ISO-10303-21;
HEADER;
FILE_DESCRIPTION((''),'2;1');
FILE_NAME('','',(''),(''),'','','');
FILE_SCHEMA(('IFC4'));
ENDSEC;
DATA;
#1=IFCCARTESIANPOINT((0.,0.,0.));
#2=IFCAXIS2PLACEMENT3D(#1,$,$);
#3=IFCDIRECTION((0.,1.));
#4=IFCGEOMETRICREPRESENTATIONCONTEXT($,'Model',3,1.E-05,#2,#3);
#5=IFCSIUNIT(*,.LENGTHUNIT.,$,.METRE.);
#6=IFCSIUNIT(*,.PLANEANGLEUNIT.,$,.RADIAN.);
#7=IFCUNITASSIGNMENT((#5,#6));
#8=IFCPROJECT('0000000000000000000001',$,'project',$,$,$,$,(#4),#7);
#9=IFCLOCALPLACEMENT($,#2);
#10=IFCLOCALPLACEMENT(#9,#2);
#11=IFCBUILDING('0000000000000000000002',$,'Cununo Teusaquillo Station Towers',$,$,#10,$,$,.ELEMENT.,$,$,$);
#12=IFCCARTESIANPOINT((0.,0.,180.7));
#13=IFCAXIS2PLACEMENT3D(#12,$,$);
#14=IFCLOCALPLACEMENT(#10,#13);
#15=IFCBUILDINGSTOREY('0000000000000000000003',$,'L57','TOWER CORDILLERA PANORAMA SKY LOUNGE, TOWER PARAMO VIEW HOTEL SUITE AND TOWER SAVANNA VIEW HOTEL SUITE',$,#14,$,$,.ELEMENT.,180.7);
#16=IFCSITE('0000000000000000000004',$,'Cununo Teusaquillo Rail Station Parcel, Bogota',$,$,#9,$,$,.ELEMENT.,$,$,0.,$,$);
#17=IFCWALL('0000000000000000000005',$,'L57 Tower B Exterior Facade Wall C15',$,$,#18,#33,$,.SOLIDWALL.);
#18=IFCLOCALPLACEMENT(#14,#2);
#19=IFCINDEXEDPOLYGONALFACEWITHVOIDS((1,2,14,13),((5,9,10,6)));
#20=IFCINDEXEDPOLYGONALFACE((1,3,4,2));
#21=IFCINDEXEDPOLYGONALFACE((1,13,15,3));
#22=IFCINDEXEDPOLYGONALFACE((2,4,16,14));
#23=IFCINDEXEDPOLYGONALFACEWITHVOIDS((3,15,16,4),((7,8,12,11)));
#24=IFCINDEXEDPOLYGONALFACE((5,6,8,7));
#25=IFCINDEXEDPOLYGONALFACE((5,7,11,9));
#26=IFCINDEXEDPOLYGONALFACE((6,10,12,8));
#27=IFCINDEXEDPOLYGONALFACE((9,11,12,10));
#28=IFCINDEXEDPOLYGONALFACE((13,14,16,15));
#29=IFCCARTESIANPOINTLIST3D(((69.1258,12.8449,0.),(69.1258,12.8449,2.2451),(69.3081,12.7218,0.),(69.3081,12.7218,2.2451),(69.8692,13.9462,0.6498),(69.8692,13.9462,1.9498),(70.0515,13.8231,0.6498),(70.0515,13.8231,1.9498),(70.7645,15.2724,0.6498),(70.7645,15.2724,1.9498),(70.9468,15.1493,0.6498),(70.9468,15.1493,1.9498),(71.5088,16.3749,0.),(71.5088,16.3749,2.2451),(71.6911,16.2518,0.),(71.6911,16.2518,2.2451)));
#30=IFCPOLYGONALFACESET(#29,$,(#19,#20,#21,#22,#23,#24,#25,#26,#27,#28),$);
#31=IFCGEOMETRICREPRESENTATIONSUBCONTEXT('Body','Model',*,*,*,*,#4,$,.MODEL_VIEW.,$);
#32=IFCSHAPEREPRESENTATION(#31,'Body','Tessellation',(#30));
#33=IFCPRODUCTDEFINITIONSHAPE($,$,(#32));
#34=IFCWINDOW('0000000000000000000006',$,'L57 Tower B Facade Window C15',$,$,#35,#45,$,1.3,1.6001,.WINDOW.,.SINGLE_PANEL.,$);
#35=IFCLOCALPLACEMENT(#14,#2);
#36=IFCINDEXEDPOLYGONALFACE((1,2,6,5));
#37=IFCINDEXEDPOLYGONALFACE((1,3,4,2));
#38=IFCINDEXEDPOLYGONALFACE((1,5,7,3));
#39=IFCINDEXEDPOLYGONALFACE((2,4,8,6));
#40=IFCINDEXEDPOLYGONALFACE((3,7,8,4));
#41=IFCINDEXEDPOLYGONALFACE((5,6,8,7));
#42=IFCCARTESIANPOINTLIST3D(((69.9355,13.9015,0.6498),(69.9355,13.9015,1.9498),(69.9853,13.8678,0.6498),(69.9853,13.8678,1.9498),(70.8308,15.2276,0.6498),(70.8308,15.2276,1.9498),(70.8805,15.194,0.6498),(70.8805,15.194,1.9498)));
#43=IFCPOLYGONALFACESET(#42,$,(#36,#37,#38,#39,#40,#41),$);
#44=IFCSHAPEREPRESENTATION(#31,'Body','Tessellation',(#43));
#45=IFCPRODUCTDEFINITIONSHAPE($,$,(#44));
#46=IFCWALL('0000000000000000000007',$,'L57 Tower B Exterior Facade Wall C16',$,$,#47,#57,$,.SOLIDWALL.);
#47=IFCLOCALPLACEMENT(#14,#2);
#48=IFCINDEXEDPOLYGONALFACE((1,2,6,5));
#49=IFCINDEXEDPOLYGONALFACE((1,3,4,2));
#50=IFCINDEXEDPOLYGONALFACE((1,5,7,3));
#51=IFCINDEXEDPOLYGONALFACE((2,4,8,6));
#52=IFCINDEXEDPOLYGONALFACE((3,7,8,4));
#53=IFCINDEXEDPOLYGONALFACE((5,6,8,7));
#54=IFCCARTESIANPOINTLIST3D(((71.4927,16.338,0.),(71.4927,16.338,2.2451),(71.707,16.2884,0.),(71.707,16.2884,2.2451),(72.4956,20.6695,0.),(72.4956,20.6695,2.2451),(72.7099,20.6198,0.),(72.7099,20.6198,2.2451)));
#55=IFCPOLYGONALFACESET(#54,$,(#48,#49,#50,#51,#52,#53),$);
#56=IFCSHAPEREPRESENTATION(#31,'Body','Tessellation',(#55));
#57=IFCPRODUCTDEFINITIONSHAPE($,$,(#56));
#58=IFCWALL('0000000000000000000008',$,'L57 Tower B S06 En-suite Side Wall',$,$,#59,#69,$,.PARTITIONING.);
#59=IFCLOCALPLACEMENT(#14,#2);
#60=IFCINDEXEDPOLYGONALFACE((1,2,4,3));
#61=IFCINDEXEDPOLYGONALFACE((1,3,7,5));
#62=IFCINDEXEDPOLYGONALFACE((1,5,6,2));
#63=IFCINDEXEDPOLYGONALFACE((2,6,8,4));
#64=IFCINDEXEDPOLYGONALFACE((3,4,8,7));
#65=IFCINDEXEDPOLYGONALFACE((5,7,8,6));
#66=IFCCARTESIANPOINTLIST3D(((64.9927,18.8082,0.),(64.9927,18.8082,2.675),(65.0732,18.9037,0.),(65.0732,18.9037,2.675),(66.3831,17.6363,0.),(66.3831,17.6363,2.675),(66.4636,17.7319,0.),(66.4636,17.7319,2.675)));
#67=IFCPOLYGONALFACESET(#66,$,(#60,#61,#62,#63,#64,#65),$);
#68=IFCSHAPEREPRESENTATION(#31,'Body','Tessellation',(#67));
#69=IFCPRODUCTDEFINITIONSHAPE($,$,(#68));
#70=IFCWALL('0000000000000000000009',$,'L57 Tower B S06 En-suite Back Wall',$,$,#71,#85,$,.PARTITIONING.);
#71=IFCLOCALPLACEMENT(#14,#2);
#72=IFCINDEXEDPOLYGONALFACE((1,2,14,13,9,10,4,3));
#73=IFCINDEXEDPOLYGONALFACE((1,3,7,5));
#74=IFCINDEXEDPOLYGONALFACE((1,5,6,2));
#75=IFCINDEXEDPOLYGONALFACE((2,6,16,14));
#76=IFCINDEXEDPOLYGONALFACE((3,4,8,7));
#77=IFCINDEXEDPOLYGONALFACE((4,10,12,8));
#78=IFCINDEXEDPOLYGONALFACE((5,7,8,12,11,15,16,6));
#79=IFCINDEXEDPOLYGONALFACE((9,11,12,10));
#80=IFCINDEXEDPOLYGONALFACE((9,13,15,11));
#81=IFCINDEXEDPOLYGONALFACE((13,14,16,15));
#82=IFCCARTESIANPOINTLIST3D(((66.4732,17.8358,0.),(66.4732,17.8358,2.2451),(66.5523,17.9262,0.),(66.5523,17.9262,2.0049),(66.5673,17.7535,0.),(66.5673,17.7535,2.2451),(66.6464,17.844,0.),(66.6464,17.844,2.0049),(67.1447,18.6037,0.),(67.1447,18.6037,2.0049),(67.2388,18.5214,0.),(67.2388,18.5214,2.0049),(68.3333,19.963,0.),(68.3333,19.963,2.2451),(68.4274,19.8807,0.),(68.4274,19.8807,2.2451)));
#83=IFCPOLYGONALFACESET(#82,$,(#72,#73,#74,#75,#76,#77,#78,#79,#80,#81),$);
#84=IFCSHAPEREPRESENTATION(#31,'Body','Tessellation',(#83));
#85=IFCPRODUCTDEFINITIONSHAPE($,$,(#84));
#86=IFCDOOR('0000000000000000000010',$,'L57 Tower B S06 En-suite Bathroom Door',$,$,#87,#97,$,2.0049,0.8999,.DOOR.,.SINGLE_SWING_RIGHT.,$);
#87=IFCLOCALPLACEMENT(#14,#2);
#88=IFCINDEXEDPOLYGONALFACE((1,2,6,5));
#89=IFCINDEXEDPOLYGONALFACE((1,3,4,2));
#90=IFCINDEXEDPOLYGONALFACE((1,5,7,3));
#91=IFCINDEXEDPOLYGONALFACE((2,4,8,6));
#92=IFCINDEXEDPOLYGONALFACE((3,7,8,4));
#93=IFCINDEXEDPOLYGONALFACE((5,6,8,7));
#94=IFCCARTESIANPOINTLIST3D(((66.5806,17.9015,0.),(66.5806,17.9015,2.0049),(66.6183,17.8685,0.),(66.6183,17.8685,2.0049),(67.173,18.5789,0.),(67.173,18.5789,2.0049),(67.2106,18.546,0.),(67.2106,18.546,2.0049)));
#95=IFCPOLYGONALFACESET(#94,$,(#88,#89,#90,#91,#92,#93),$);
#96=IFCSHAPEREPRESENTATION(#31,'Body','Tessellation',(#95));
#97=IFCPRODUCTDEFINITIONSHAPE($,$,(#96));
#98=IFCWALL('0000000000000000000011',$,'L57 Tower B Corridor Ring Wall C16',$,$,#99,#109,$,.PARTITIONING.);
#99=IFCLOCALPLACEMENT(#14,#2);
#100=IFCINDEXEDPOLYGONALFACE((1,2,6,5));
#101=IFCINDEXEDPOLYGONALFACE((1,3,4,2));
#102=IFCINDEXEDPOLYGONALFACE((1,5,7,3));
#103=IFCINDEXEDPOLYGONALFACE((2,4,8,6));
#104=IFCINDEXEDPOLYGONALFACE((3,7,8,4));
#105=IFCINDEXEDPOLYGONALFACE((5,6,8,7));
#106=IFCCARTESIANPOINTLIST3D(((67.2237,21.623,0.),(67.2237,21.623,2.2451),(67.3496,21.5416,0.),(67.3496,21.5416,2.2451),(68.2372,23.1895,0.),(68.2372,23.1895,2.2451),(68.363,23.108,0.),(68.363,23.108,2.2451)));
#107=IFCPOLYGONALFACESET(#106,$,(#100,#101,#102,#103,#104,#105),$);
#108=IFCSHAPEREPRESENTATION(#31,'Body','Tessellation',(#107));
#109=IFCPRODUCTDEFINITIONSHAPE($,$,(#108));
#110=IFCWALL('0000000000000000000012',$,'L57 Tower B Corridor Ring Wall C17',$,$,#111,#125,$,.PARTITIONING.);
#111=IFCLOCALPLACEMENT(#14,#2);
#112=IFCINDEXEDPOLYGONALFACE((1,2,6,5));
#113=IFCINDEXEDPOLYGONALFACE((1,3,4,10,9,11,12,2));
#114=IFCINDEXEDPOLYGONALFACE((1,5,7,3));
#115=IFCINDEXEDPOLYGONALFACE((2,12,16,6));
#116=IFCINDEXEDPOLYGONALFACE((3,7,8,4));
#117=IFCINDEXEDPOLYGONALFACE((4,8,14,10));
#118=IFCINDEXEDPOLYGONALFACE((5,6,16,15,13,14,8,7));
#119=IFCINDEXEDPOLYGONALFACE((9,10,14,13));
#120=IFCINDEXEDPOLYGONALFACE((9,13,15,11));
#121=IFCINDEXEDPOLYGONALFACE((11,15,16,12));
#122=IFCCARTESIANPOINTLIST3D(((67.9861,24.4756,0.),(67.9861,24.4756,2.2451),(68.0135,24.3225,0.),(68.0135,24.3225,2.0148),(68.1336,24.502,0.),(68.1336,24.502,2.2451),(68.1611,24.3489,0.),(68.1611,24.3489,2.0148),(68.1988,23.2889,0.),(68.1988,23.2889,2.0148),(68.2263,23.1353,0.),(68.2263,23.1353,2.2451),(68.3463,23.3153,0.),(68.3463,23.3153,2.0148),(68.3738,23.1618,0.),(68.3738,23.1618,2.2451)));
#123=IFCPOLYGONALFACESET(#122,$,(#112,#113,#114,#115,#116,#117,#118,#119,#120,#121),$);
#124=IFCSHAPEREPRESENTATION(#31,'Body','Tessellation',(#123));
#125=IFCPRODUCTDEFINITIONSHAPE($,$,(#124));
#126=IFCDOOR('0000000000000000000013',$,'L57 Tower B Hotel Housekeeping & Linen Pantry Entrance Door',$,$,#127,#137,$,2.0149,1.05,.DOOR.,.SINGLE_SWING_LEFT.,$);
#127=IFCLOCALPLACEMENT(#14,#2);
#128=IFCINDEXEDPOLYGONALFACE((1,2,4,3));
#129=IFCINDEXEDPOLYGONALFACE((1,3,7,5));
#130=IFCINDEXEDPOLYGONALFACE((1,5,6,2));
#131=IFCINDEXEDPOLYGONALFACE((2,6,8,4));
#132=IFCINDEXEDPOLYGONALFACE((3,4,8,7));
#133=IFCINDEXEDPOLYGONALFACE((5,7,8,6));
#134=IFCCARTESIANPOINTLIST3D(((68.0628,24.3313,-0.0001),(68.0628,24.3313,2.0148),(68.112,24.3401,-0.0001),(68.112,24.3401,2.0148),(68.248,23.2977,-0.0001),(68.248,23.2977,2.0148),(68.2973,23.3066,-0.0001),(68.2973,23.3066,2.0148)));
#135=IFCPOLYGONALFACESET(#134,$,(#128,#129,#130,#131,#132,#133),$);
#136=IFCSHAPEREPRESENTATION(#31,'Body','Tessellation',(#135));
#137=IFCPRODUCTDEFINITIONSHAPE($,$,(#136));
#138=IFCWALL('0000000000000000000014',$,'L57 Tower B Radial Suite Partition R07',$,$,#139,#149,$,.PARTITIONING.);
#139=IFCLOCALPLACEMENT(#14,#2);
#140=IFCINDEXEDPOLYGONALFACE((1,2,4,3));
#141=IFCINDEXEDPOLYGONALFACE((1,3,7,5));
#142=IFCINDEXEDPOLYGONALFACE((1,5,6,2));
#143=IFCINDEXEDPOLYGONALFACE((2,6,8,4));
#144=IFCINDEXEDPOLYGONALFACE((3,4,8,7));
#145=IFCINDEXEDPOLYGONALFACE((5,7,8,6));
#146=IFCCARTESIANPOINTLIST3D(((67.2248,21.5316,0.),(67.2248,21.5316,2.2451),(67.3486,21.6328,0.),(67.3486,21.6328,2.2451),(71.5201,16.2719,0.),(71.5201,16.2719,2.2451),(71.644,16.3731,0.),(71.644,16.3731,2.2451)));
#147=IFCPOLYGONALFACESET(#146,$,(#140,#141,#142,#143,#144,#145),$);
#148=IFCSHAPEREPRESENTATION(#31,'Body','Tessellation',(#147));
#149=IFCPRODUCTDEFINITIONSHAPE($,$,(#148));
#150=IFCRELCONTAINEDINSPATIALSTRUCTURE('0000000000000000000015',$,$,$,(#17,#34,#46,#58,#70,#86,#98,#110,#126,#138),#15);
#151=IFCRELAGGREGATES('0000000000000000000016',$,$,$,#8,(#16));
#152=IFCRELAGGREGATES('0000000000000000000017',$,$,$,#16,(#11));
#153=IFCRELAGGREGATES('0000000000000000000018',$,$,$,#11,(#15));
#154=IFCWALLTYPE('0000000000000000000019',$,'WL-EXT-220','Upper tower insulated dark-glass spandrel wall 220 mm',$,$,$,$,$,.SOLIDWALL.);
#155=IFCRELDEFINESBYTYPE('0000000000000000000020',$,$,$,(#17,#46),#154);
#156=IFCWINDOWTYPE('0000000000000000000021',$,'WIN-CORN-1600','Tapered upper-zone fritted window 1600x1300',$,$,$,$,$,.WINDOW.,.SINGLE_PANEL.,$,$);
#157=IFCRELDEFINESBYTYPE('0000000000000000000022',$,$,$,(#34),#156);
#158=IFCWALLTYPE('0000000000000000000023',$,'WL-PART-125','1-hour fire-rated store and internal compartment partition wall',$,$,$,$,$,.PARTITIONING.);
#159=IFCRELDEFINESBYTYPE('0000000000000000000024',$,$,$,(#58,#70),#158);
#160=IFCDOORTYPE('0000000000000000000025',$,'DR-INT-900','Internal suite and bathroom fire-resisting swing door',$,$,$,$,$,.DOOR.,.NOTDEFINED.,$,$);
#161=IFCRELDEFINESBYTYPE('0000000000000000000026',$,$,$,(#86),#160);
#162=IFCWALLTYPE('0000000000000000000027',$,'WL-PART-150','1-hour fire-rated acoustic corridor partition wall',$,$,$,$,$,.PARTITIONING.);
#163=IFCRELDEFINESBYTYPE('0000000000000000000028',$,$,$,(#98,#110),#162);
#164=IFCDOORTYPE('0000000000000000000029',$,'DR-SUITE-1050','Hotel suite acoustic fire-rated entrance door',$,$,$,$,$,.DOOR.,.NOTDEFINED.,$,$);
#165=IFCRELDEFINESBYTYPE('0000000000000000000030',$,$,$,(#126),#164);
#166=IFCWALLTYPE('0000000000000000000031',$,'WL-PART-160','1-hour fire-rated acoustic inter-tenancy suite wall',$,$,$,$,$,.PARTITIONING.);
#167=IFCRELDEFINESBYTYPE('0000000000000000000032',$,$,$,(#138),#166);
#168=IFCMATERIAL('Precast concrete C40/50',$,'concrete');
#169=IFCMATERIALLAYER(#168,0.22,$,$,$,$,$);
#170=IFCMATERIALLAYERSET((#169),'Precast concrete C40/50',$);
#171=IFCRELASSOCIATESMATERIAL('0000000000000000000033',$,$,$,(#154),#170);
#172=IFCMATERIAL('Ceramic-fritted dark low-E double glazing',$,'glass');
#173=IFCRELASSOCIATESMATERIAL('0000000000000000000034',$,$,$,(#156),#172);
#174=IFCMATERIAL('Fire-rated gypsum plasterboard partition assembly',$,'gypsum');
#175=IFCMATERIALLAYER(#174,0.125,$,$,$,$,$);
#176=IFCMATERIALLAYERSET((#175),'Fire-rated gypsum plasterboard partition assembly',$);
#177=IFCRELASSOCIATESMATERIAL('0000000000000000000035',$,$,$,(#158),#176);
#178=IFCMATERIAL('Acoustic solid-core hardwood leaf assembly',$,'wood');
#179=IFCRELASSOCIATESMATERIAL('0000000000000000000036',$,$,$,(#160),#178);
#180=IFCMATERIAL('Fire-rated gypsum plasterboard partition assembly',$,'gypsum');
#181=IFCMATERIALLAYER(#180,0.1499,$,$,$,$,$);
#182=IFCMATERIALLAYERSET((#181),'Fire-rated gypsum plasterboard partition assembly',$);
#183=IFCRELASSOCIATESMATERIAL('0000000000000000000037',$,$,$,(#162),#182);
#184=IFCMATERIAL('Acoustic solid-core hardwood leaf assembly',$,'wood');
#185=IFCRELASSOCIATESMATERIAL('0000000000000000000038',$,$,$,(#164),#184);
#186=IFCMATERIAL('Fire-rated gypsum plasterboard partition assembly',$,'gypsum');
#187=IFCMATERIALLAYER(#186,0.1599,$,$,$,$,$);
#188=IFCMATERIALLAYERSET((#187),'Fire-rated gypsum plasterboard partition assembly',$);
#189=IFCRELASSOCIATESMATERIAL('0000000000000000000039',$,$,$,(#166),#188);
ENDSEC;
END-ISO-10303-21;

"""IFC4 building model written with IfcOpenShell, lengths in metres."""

from ifc_helpers import new_model, si_unit, direction, frame, frame_2d, origin, place, context, subcontext, project, spatial, rectangle, extrude, source, transform, mapped, material, layer, layer_set, type_object, element, fill, save


model = new_model("IFC4")

# Units and contexts
model_context = context("Model", 3, precision=1e-05, world=origin(), true_north=direction((0.0, 1.0)))
body_context = subcontext(model_context, "Body", "Model", "MODEL_VIEW")
ifc_project = project(units=[si_unit("LENGTHUNIT", "METRE"), si_unit("PLANEANGLEUNIT", "RADIAN")], contexts=[model_context])

# Site, building, storey
site_placement = place(None, origin())
site = spatial("IfcSite", under=ifc_project, at=site_placement, Name="Cununo Teusaquillo Rail Station Parcel, Bogota", CompositionType="ELEMENT", RefElevation=0.0)
building_placement = place(site_placement, origin())
building = spatial("IfcBuilding", under=site, at=building_placement, Name="Cununo Teusaquillo Station Towers", CompositionType="ELEMENT")
storey_placement = place(building_placement, frame((0.0, 0.0, 180.7)))
storey = spatial("IfcBuildingStorey", under=building, at=storey_placement, Name="L57", Description="TOWER CORDILLERA PANORAMA SKY LOUNGE, TOWER PARAMO VIEW HOTEL SUITE AND TOWER SAVANNA VIEW HOTEL SUITE", CompositionType="ELEMENT", Elevation=180.7)

# Shared definitions
ifc_material_1 = material(Name="Precast concrete C40/50", Category="concrete")
ifc_layer_1 = layer(ifc_material_1, 0.22)
ifc_layer_set_1 = layer_set([ifc_layer_1], Name="Precast concrete C40/50")
wall_type_1 = type_object("IfcWallType", Name="WL-EXT-220", Description="Upper tower insulated dark-glass spandrel wall 220 mm", PredefinedType="SOLIDWALL", material=ifc_layer_set_1)
shared_shape_1 = source(origin(), body_context, "Body", "SweptSolid", [
    extrude(rectangle(XDim=1.6001, YDim=1.3, at=frame_2d((0.8, 0.6499))), frame((0.0, 0.1199, 0.0), z_axis=(0.0, -1.0, 0.0), x_axis=(1.0, 0.0, 0.0)), (0.0, 0.0, 1.0), 0.24),
])
ifc_material_2 = material(Name="Ceramic-fritted dark low-E double glazing", Category="glass")
window_type = type_object("IfcWindowType", Name="WIN-CORN-1600", Description="Tapered upper-zone fritted window 1600x1300", PartitioningType="SINGLE_PANEL", PredefinedType="WINDOW", material=ifc_material_2)
shared_shape_2 = source(origin(), body_context, "Body", "SweptSolid", [
    extrude(rectangle(XDim=1.6001, YDim=1.3, at=frame_2d((0.8, 0.6499))), frame((0.0, 0.03, 0.0), z_axis=(0.0, -1.0, 0.0), x_axis=(1.0, 0.0, 0.0)), (0.0, 0.0, 1.0), 0.0601),
])

# Wall, opening, window
wall_1_placement = place(storey_placement, frame((71.5999, 16.3132, 0.0), z_axis=(0.0, 0.0, 1.0), x_axis=(-0.559519, -0.828817, 0.0)))
wall_1 = element("IfcWall", 1, at=wall_1_placement, inside=storey, type_object=wall_type_1, Name="L57 Tower B Exterior Facade Wall C15", PredefinedType="SOLIDWALL", context=body_context, shape_type="SweptSolid", body=[
    extrude(rectangle(XDim=4.259, YDim=0.22, at=frame_2d((2.1294, 0.0))), origin(), (0.0, 0.0, 1.0), 2.2451),
])
opening_1_placement = place(wall_1_placement, frame((1.3301, 0.0, 0.6499)))
opening_1 = element("IfcOpeningElement", 2, at=opening_1_placement, cuts=wall_1, PredefinedType="OPENING", context=body_context, shape_type="MappedRepresentation", body=[
    mapped(shared_shape_1, transform((0.0, 0.0, 0.0), x_axis=(1.0, 0.0, 0.0), y_axis=(0.0, 1.0, 0.0), z_axis=(0.0, 0.0, 1.0), scale=1.0)),
])
window_1_placement = place(opening_1_placement, origin())
window_1 = element("IfcWindow", 3, at=window_1_placement, inside=storey, type_object=window_type, Name="L57 Tower B Facade Window C15", OverallHeight=1.3, OverallWidth=1.6001, PartitioningType="SINGLE_PANEL", PredefinedType="WINDOW", context=body_context, shape_type="MappedRepresentation", body=[
    mapped(shared_shape_2, transform((0.0, 0.0, 0.0), x_axis=(1.0, 0.0, 0.0), y_axis=(0.0, 1.0, 0.0), z_axis=(0.0, 0.0, 1.0), scale=1.0)),
])
fill(opening_1, window_1)

# Walls
wall_2_placement = place(storey_placement, frame((72.6028, 20.6448, 0.0), z_axis=(0.0, 0.0, 1.0), x_axis=(-0.225573, -0.974226, 0.0)))
element("IfcWall", 4, at=wall_2_placement, inside=storey, type_object=wall_type_1, Name="L57 Tower B Exterior Facade Wall C16", PredefinedType="SOLIDWALL", context=body_context, shape_type="SweptSolid", body=[
    extrude(rectangle(XDim=4.446, YDim=0.22, at=frame_2d((2.2231, 0.0))), origin(), (0.0, 0.0, 1.0), 2.2451),
])
ifc_material_3 = material(Name="Fire-rated gypsum plasterboard partition assembly", Category="gypsum")
ifc_layer_2 = layer(ifc_material_3, 0.125)
ifc_layer_set_2 = layer_set([ifc_layer_2], Name="Fire-rated gypsum plasterboard partition assembly")
wall_type_2 = type_object("IfcWallType", Name="WL-PART-125", Description="1-hour fire-rated store and internal compartment partition wall", PredefinedType="PARTITIONING", material=ifc_layer_set_2)
wall_3_placement = place(storey_placement, frame((65.033, 18.856, 0.0), z_axis=(0.0, 0.0, 1.0), x_axis=(0.764633, -0.644466, 0.0)))
element("IfcWall", 5, at=wall_3_placement, inside=storey, type_object=wall_type_2, Name="L57 Tower B S06 En-suite Side Wall", PredefinedType="PARTITIONING", context=body_context, shape_type="SweptSolid", body=[
    extrude(rectangle(XDim=1.8184, YDim=0.125, at=frame_2d((0.9092, 0.0))), origin(), (0.0, 0.0, 1.0), 2.675),
])

# Wall, opening, door
wall_4_placement = place(storey_placement, frame((66.5203, 17.7947, 0.0), z_axis=(0.0, 0.0, 1.0), x_axis=(0.658266, 0.752785, 0.0)))
wall_4 = element("IfcWall", 6, at=wall_4_placement, inside=storey, type_object=wall_type_2, Name="L57 Tower B S06 En-suite Back Wall", PredefinedType="PARTITIONING", context=body_context, shape_type="SweptSolid", body=[
    extrude(rectangle(XDim=2.8257, YDim=0.125, at=frame_2d((1.4128, 0.0))), origin(), (0.0, 0.0, 1.0), 2.2451),
])
shared_shape_3 = source(origin(), body_context, "Body", "SweptSolid", [
    extrude(rectangle(XDim=0.8999, YDim=2.0049, at=frame_2d((0.45, 1.0024))), frame((0.0, 0.0725, 0.0), z_axis=(0.0, -1.0, 0.0), x_axis=(1.0, 0.0, 0.0)), (0.0, 0.0, 1.0), 0.145),
])
opening_2_placement = place(wall_4_placement, frame((0.1201, 0.0, 0.0)))
opening_2 = element("IfcOpeningElement", 7, at=opening_2_placement, cuts=wall_4, PredefinedType="OPENING", context=body_context, shape_type="MappedRepresentation", body=[
    mapped(shared_shape_3, transform((0.0, 0.0, 0.0), x_axis=(1.0, 0.0, 0.0), y_axis=(0.0, 1.0, 0.0), z_axis=(0.0, 0.0, 1.0), scale=1.0)),
])
ifc_material_4 = material(Name="Acoustic solid-core hardwood leaf assembly", Category="wood")
door_type_1 = type_object("IfcDoorType", Name="DR-INT-900", Description="Internal suite and bathroom fire-resisting swing door", OperationType="NOTDEFINED", PredefinedType="DOOR", material=ifc_material_4)
shared_shape_4 = source(origin(), body_context, "Body", "SweptSolid", [
    extrude(rectangle(XDim=0.8999, YDim=2.0049, at=frame_2d((0.45, 1.0024))), frame((0.0, 0.0249, 0.0), z_axis=(0.0, -1.0, 0.0), x_axis=(1.0, 0.0, 0.0)), (0.0, 0.0, 1.0), 0.05),
])
door_1_placement = place(opening_2_placement, origin())
door_1 = element("IfcDoor", 8, at=door_1_placement, inside=storey, type_object=door_type_1, Name="L57 Tower B S06 En-suite Bathroom Door", OperationType="SINGLE_SWING_RIGHT", OverallHeight=2.0049, OverallWidth=0.8999, PredefinedType="DOOR", context=body_context, shape_type="MappedRepresentation", body=[
    mapped(shared_shape_4, transform((0.0, 0.0, 0.0), x_axis=(1.0, 0.0, 0.0), y_axis=(0.0, 1.0, 0.0), z_axis=(0.0, 0.0, 1.0), scale=1.0)),
])
fill(opening_2, door_1)

# Wall
ifc_material_5 = material(Name="Fire-rated gypsum plasterboard partition assembly", Category="gypsum")
ifc_layer_3 = layer(ifc_material_5, 0.1499)
ifc_layer_set_3 = layer_set([ifc_layer_3], Name="Fire-rated gypsum plasterboard partition assembly")
wall_type_3 = type_object("IfcWallType", Name="WL-PART-150", Description="1-hour fire-rated acoustic corridor partition wall", PredefinedType="PARTITIONING", material=ifc_layer_set_3)
wall_5_placement = place(storey_placement, frame((67.2866, 21.5823, 0.0), z_axis=(0.0, 0.0, 1.0), x_axis=(0.543202, 0.839602, 0.0)))
element("IfcWall", 9, at=wall_5_placement, inside=storey, type_object=wall_type_3, Name="L57 Tower B Corridor Ring Wall C16", PredefinedType="PARTITIONING", context=body_context, shape_type="SweptSolid", body=[
    extrude(rectangle(XDim=1.8657, YDim=0.1499, at=frame_2d((0.9329, 0.0))), origin(), (0.0, 0.0, 1.0), 2.2451),
])

# Wall, opening, door
wall_6_placement = place(storey_placement, frame((68.3, 23.1487, 0.0), z_axis=(0.0, 0.0, 1.0), x_axis=(-0.176424, 0.984314, 0.0)))
wall_6 = element("IfcWall", 10, at=wall_6_placement, inside=storey, type_object=wall_type_3, Name="L57 Tower B Corridor Ring Wall C17", PredefinedType="PARTITIONING", context=body_context, shape_type="SweptSolid", body=[
    extrude(rectangle(XDim=1.3616, YDim=0.1499, at=frame_2d((0.6807, 0.0))), origin(), (0.0, 0.0, 1.0), 2.2451),
])
shared_shape_5 = source(origin(), body_context, "Body", "SweptSolid", [
    extrude(rectangle(XDim=1.05, YDim=2.0149, at=frame_2d((0.5249, 1.0073))), frame((0.0, 0.085, 0.0), z_axis=(0.0, -1.0, 0.0), x_axis=(1.0, 0.0, 0.0)), (0.0, 0.0, 1.0), 0.1699),
])
opening_3_placement = place(wall_6_placement, frame((0.156, 0.0, 0.0)))
opening_3 = element("IfcOpeningElement", 11, at=opening_3_placement, cuts=wall_6, PredefinedType="OPENING", context=body_context, shape_type="MappedRepresentation", body=[
    mapped(shared_shape_5, transform((0.0, 0.0, 0.0), x_axis=(1.0, 0.0, 0.0), y_axis=(0.0, 1.0, 0.0), z_axis=(0.0, 0.0, 1.0), scale=1.0)),
])
ifc_material_6 = material(Name="Acoustic solid-core hardwood leaf assembly", Category="wood")
door_type_2 = type_object("IfcDoorType", Name="DR-SUITE-1050", Description="Hotel suite acoustic fire-rated entrance door", OperationType="NOTDEFINED", PredefinedType="DOOR", material=ifc_material_6)
shared_shape_6 = source(origin(), body_context, "Body", "SweptSolid", [
    extrude(rectangle(XDim=1.05, YDim=2.0149, at=frame_2d((0.5249, 1.0073))), frame((0.0, 0.0249, 0.0), z_axis=(0.0, -1.0, 0.0), x_axis=(1.0, 0.0, 0.0)), (0.0, 0.0, 1.0), 0.05),
])
door_2_placement = place(opening_3_placement, origin())
door_2 = element("IfcDoor", 12, at=door_2_placement, inside=storey, type_object=door_type_2, Name="L57 Tower B Hotel Housekeeping & Linen Pantry Entrance Door", OperationType="SINGLE_SWING_LEFT", OverallHeight=2.0149, OverallWidth=1.05, PredefinedType="DOOR", context=body_context, shape_type="MappedRepresentation", body=[
    mapped(shared_shape_6, transform((0.0, 0.0, 0.0), x_axis=(1.0, 0.0, 0.0), y_axis=(0.0, 1.0, 0.0), z_axis=(0.0, 0.0, 1.0), scale=1.0)),
])
fill(opening_3, door_2)

# Wall
ifc_material_7 = material(Name="Fire-rated gypsum plasterboard partition assembly", Category="gypsum")
ifc_layer_4 = layer(ifc_material_7, 0.1599)
ifc_layer_set_4 = layer_set([ifc_layer_4], Name="Fire-rated gypsum plasterboard partition assembly")
wall_type_4 = type_object("IfcWallType", Name="WL-PART-160", Description="1-hour fire-rated acoustic inter-tenancy suite wall", PredefinedType="PARTITIONING", material=ifc_layer_set_4)
wall_7_placement = place(storey_placement, frame((67.2866, 21.5823, 0.0), z_axis=(0.0, 0.0, 1.0), x_axis=(0.632529, -0.774537, 0.0)))
element("IfcWall", 13, at=wall_7_placement, inside=storey, type_object=wall_type_4, Name="L57 Tower B Radial Suite Partition R07", PredefinedType="PARTITIONING", context=body_context, shape_type="SweptSolid", body=[
    extrude(rectangle(XDim=6.7908, YDim=0.1599, at=frame_2d((3.3955, 0.0))), origin(), (0.0, 0.0, 1.0), 2.2451),
])

save(model, "model.ifc")
